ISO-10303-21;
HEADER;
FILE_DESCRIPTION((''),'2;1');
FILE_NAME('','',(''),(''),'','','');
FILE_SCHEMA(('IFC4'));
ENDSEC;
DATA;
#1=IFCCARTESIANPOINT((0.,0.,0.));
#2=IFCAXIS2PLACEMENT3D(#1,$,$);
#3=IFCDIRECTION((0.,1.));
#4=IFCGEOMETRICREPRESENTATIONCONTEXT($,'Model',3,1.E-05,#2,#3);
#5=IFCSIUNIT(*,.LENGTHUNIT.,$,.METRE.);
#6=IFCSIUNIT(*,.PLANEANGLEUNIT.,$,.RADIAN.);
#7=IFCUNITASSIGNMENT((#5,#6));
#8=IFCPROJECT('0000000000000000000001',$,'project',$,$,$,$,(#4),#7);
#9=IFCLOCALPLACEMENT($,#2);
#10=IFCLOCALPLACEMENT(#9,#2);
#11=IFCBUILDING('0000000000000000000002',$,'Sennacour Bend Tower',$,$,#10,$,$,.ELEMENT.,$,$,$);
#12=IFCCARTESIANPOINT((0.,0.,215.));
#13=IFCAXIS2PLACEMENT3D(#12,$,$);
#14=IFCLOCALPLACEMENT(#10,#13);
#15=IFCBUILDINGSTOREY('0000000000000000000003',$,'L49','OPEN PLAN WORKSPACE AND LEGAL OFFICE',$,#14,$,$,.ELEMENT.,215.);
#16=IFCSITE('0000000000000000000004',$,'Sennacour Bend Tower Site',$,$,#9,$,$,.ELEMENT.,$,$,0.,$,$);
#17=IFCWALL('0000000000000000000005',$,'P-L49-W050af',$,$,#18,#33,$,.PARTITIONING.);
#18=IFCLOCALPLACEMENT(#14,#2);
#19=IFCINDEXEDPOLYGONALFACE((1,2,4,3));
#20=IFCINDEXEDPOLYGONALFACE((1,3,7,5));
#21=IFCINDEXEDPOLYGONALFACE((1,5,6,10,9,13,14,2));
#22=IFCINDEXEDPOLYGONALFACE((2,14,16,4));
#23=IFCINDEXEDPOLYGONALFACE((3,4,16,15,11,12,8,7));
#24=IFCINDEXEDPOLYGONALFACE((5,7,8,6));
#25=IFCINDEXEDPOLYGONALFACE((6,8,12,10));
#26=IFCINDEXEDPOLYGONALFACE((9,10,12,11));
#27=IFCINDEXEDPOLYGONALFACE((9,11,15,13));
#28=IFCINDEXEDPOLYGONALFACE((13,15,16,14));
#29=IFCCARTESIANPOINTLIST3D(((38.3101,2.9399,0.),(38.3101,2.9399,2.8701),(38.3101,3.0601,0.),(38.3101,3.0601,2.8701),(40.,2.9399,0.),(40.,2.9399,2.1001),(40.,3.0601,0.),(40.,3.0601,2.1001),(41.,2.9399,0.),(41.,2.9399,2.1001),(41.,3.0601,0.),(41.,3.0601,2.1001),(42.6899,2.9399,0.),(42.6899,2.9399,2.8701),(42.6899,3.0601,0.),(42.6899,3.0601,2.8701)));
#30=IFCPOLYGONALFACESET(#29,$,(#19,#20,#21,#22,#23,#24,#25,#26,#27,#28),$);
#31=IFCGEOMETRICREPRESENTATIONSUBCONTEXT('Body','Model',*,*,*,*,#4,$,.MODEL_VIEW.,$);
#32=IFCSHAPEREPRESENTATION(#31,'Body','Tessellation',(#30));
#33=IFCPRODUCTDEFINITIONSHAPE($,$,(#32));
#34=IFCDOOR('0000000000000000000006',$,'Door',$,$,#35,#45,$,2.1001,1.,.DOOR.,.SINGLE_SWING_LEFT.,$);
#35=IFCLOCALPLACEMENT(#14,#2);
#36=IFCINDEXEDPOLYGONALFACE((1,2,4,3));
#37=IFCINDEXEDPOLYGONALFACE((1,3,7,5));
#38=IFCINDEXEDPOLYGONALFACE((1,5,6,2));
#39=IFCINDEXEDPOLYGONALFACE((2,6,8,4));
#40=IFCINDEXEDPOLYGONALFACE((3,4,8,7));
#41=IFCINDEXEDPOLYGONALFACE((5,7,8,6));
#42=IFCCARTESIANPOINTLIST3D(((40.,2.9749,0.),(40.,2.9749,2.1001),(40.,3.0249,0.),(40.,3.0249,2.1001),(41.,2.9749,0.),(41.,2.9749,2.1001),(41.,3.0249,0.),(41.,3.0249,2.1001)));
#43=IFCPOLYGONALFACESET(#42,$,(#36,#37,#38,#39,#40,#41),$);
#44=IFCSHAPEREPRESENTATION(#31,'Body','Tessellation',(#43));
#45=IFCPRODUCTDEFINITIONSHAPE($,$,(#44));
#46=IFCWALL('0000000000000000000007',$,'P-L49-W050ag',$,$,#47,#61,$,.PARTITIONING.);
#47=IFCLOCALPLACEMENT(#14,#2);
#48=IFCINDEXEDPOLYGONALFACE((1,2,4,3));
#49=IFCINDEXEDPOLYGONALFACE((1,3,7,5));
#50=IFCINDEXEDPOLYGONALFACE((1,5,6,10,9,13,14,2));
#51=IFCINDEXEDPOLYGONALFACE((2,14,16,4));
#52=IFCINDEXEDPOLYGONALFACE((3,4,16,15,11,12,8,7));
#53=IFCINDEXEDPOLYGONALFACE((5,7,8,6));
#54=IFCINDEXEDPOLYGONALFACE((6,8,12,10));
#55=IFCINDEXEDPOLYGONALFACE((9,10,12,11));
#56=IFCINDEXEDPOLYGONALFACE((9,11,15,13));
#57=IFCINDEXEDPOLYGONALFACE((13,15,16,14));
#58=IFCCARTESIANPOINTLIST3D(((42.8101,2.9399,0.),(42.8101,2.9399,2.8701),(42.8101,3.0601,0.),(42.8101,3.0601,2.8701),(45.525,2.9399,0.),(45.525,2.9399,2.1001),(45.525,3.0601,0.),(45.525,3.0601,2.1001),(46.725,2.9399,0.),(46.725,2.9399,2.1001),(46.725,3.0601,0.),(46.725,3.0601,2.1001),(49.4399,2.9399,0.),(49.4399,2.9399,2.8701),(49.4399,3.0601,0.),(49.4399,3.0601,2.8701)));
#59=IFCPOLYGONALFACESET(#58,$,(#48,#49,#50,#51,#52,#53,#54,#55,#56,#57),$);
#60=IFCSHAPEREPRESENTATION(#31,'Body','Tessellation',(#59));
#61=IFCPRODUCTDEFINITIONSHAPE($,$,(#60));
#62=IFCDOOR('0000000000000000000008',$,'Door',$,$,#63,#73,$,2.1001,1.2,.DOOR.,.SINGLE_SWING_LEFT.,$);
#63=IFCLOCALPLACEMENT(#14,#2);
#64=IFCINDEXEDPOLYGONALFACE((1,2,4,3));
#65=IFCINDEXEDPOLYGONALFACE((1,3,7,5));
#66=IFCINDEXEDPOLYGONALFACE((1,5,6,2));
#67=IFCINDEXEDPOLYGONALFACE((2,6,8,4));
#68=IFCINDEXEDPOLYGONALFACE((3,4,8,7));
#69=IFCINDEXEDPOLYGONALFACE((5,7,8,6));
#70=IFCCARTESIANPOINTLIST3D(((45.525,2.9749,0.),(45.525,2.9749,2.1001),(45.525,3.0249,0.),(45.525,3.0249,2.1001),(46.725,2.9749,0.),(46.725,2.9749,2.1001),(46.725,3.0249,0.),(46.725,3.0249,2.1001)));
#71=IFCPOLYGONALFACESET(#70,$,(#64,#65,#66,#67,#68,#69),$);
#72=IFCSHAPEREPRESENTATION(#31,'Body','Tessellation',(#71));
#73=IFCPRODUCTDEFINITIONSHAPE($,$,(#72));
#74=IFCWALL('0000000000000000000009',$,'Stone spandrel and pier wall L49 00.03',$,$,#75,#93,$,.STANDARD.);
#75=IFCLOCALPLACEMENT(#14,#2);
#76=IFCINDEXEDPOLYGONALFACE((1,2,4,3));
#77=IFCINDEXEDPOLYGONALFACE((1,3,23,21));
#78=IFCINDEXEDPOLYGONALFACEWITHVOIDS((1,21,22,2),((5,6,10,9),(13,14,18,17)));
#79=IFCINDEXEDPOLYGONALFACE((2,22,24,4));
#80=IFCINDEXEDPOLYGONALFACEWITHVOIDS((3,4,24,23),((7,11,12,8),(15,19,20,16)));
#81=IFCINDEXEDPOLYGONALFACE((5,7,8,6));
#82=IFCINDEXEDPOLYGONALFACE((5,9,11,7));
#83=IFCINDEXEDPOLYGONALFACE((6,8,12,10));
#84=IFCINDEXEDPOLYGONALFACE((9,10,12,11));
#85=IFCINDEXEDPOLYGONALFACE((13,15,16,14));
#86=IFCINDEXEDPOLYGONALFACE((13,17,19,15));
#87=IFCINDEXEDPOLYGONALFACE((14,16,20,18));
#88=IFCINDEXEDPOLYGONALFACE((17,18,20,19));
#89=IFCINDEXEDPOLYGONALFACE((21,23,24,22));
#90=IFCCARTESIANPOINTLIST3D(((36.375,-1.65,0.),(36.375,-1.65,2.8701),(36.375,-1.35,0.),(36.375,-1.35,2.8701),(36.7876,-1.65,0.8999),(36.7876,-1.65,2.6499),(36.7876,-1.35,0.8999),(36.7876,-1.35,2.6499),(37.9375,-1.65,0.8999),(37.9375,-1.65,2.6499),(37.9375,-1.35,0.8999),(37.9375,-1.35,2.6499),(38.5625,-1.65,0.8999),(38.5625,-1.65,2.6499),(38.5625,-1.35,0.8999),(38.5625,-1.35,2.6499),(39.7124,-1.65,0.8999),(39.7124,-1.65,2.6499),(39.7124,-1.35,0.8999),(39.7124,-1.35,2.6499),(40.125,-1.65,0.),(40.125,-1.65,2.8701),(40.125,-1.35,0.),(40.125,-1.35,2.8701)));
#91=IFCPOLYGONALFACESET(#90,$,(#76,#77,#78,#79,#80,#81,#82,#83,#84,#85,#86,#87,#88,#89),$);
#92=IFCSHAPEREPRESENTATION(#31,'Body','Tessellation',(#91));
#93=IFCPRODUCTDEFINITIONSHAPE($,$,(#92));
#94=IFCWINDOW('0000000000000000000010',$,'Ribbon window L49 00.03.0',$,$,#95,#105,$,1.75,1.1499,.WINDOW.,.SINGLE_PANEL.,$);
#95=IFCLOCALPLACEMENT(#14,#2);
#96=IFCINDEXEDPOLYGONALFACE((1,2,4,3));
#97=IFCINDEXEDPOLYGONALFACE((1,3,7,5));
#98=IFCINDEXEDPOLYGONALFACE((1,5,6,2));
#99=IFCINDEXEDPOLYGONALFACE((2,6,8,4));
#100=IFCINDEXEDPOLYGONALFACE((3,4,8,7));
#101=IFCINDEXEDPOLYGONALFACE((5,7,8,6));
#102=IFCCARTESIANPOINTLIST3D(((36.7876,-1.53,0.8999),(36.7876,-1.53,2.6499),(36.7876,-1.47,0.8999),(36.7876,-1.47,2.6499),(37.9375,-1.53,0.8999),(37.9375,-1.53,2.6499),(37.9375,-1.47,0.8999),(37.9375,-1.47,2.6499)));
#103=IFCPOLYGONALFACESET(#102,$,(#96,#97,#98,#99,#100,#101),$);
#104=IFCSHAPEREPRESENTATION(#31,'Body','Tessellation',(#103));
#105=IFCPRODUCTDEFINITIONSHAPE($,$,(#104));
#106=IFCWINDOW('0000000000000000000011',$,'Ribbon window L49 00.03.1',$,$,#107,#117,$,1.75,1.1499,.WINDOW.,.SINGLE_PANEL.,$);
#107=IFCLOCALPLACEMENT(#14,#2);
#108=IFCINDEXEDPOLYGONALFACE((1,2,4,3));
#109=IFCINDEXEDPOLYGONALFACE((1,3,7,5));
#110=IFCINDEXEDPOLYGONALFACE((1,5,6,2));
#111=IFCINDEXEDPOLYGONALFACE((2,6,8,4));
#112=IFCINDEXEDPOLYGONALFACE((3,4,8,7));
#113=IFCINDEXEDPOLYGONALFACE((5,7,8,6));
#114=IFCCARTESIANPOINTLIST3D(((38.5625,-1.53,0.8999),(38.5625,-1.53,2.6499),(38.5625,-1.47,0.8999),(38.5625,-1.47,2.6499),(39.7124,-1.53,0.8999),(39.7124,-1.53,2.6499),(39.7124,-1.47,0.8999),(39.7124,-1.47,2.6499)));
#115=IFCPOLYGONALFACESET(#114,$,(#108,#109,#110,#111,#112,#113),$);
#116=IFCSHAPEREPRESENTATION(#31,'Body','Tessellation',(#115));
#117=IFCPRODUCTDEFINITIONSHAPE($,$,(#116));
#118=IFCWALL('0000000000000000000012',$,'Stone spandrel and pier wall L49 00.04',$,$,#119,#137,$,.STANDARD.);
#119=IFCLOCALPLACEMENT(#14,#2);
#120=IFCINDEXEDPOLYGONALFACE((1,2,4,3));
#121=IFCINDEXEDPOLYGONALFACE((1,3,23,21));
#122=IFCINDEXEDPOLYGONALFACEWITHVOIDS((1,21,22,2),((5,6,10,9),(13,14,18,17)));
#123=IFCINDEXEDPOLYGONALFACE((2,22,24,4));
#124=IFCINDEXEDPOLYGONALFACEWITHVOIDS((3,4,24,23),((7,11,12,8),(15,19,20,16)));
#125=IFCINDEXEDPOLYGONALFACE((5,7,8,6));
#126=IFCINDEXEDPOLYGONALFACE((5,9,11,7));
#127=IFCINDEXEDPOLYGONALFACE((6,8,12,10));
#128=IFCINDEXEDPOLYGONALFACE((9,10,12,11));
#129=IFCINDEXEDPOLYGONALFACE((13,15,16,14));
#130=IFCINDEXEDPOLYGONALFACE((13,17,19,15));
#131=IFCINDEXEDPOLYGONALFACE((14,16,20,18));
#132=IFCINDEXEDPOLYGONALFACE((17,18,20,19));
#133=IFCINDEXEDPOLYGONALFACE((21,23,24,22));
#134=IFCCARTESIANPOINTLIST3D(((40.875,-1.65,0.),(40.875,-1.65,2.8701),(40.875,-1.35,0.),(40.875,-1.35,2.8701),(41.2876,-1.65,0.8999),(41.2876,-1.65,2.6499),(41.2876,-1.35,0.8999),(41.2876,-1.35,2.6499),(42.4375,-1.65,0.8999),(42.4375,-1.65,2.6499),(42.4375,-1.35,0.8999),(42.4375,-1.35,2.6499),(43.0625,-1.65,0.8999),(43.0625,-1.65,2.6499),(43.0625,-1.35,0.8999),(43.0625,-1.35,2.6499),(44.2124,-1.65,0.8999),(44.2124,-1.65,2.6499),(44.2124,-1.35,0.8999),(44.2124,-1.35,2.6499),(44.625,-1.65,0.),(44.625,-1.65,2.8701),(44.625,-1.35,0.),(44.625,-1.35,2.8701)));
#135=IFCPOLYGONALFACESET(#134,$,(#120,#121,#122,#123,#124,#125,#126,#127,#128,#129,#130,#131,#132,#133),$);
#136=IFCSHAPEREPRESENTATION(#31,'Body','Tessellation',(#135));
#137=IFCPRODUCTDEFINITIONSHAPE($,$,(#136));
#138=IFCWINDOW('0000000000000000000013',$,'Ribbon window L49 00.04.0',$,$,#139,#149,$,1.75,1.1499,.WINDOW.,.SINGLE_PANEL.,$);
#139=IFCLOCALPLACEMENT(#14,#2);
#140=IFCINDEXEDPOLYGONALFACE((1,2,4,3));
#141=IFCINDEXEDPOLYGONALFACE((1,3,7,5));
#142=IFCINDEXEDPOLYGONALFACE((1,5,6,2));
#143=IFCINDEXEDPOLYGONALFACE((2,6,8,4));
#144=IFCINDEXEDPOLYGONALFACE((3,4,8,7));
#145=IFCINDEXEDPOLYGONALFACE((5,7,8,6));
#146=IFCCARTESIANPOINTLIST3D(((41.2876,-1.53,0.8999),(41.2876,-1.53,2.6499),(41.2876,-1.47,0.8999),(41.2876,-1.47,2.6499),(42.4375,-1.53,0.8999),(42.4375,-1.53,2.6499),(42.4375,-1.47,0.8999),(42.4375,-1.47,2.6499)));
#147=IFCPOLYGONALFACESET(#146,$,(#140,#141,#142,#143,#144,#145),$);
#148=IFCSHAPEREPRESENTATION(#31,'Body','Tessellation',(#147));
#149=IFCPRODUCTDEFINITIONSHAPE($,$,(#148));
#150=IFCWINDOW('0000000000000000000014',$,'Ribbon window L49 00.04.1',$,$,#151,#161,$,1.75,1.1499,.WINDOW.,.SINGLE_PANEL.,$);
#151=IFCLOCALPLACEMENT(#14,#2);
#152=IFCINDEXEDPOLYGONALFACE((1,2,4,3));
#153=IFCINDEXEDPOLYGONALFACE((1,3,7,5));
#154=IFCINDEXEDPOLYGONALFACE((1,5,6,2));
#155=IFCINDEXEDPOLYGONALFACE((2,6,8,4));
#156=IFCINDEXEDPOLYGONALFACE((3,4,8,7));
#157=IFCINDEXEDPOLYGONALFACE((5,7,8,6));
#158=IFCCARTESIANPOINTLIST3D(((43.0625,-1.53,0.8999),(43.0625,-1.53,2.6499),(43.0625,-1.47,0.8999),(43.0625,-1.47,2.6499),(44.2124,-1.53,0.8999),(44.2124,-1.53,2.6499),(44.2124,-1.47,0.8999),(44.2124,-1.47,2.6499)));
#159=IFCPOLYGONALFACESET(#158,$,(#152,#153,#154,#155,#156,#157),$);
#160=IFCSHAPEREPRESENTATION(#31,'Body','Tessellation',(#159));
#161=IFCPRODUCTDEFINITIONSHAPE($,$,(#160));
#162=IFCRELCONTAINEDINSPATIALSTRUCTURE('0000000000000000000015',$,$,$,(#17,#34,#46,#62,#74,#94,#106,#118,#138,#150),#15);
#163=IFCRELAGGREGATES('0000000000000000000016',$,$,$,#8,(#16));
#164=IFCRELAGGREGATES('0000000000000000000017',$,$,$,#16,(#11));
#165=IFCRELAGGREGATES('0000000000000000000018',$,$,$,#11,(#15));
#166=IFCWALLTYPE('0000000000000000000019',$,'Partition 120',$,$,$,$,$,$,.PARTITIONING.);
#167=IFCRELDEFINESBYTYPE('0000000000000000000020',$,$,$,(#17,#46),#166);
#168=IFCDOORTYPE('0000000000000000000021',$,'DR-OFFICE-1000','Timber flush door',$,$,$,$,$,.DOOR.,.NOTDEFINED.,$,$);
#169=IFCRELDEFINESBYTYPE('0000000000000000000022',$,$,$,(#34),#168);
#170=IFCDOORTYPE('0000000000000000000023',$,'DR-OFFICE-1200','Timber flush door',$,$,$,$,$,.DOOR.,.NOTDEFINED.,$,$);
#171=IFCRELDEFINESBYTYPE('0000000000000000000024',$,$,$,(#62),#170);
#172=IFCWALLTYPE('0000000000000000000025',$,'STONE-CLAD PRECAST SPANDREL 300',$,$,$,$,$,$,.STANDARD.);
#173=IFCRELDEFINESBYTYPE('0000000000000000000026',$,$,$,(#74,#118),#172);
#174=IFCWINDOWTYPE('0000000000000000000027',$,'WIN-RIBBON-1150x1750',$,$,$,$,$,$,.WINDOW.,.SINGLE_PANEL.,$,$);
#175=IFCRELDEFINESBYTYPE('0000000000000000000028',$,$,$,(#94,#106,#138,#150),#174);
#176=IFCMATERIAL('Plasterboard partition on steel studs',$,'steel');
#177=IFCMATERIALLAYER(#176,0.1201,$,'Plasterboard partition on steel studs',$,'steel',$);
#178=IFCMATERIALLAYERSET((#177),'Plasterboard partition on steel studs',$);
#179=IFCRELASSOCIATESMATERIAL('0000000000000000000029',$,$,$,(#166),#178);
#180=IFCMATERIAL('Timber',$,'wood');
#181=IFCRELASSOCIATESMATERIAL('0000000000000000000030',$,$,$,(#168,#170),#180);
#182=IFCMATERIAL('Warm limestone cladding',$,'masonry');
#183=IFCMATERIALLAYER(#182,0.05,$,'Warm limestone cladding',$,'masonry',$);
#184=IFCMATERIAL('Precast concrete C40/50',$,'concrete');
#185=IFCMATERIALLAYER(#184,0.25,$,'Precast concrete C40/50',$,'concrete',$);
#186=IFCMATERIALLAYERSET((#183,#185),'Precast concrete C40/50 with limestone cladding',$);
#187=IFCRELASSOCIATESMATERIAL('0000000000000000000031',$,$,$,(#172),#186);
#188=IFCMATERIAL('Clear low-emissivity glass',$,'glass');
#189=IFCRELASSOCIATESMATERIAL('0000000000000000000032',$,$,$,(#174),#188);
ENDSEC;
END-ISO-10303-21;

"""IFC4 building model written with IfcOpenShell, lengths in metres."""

from ifc_helpers import new_model, si_unit, direction, frame, frame_2d, origin, place, context, subcontext, project, spatial, rectangle, extrude, material, layer, layer_set, type_object, element, fill, save


model = new_model("IFC4")

# Units and contexts
model_context = context("Model", 3, precision=1e-05, world=origin(), true_north=direction((0.0, 1.0)))
body_context = subcontext(model_context, "Body", "Model", "MODEL_VIEW")
ifc_project = project(units=[si_unit("LENGTHUNIT", "METRE"), si_unit("PLANEANGLEUNIT", "RADIAN")], contexts=[model_context])

# Site, building, storey
site_placement = place(None, origin())
site = spatial("IfcSite", under=ifc_project, at=site_placement, Name="Sennacour Bend Tower Site", CompositionType="ELEMENT", RefElevation=0.0)
building_placement = place(site_placement, origin())
building = spatial("IfcBuilding", under=site, at=building_placement, Name="Sennacour Bend Tower", CompositionType="ELEMENT")
storey_placement = place(building_placement, frame((0.0, 0.0, 215.0)))
storey = spatial("IfcBuildingStorey", under=building, at=storey_placement, Name="L49", Description="OPEN PLAN WORKSPACE AND LEGAL OFFICE", CompositionType="ELEMENT", Elevation=215.0)

# Shared definitions
ifc_material_1 = material(Name="Plasterboard partition on steel studs", Category="steel")
ifc_layer_1 = layer(ifc_material_1, 0.1201, Name="Plasterboard partition on steel studs", Category="steel")
ifc_layer_set_1 = layer_set([ifc_layer_1], Name="Plasterboard partition on steel studs")
wall_type_1 = type_object("IfcWallType", Name="Partition 120", PredefinedType="PARTITIONING", material=ifc_layer_set_1)

# Walls, openings, doors
ifc_material_2 = material(Name="Timber", Category="wood")
door_type_1 = type_object("IfcDoorType", Name="DR-OFFICE-1000", Description="Timber flush door", OperationType="NOTDEFINED", PredefinedType="DOOR", material=ifc_material_2)
wall_1_placement = place(storey_placement, frame((38.3101, 3.0, 0.0), z_axis=(0.0, 0.0, 1.0), x_axis=(1.0, 0.0, 0.0)))
wall_1 = element("IfcWall", 1, at=wall_1_placement, inside=storey, type_object=wall_type_1, Name="P-L49-W050af", PredefinedType="PARTITIONING", context=body_context, shape_type="SweptSolid", body=[
    extrude(rectangle(XDim=4.3799, YDim=0.1201, at=frame_2d((2.1899, 0.0))), origin(), (0.0, 0.0, 1.0), 2.8701),
])
opening_1_placement = place(wall_1_placement, frame((1.6899, 0.0, 0.0)))
opening_1 = element("IfcOpeningElement", 2, at=opening_1_placement, cuts=wall_1, PredefinedType="OPENING", context=body_context, shape_type="SweptSolid", body=[
    extrude(rectangle(XDim=1.0, YDim=2.1001, at=frame_2d((0.5, 1.05))), frame((0.0, 0.0701, 0.0), z_axis=(0.0, -1.0, 0.0), x_axis=(1.0, 0.0, 0.0)), (0.0, 0.0, 1.0), 0.1401),
])
door_1_placement = place(opening_1_placement, origin())
door_1 = element("IfcDoor", 3, at=door_1_placement, inside=storey, type_object=door_type_1, Name="Door", OperationType="SINGLE_SWING_LEFT", OverallHeight=2.1001, OverallWidth=1.0, PredefinedType="DOOR", context=body_context, shape_type="SweptSolid", body=[
    extrude(rectangle(XDim=1.0, YDim=2.1001, at=frame_2d((0.5, 1.05))), frame((0.0, 0.0249, 0.0), z_axis=(0.0, -1.0, 0.0), x_axis=(1.0, 0.0, 0.0)), (0.0, 0.0, 1.0), 0.05),
])
fill(opening_1, door_1)
wall_2_placement = place(storey_placement, frame((42.8101, 3.0, 0.0), z_axis=(0.0, 0.0, 1.0), x_axis=(1.0, 0.0, 0.0)))
wall_2 = element("IfcWall", 4, at=wall_2_placement, inside=storey, type_object=wall_type_1, Name="P-L49-W050ag", PredefinedType="PARTITIONING", context=body_context, shape_type="SweptSolid", body=[
    extrude(rectangle(XDim=6.6299, YDim=0.1201, at=frame_2d((3.3149, 0.0))), origin(), (0.0, 0.0, 1.0), 2.8701),
])
opening_2_placement = place(wall_2_placement, frame((2.7148, 0.0, 0.0)))
opening_2 = element("IfcOpeningElement", 5, at=opening_2_placement, cuts=wall_2, PredefinedType="OPENING", context=body_context, shape_type="SweptSolid", body=[
    extrude(rectangle(XDim=1.2, YDim=2.1001, at=frame_2d((0.6001, 1.05))), frame((0.0, 0.0701, 0.0), z_axis=(0.0, -1.0, 0.0), x_axis=(1.0, 0.0, 0.0)), (0.0, 0.0, 1.0), 0.1401),
])
door_type_2 = type_object("IfcDoorType", Name="DR-OFFICE-1200", Description="Timber flush door", OperationType="NOTDEFINED", PredefinedType="DOOR", material=ifc_material_2)
door_2_placement = place(opening_2_placement, origin())
door_2 = element("IfcDoor", 6, at=door_2_placement, inside=storey, type_object=door_type_2, Name="Door", OperationType="SINGLE_SWING_LEFT", OverallHeight=2.1001, OverallWidth=1.2, PredefinedType="DOOR", context=body_context, shape_type="SweptSolid", body=[
    extrude(rectangle(XDim=1.2, YDim=2.1001, at=frame_2d((0.6001, 1.05))), frame((0.0, 0.0249, 0.0), z_axis=(0.0, -1.0, 0.0), x_axis=(1.0, 0.0, 0.0)), (0.0, 0.0, 1.0), 0.05),
])
fill(opening_2, door_2)

# Walls, openings, windows
ifc_material_3 = material(Name="Warm limestone cladding", Category="masonry")
ifc_layer_2 = layer(ifc_material_3, 0.05, Name="Warm limestone cladding", Category="masonry")
ifc_material_4 = material(Name="Precast concrete C40/50", Category="concrete")
ifc_layer_3 = layer(ifc_material_4, 0.25, Name="Precast concrete C40/50", Category="concrete")
ifc_layer_set_2 = layer_set([ifc_layer_2, ifc_layer_3], Name="Precast concrete C40/50 with limestone cladding")
wall_type_2 = type_object("IfcWallType", Name="STONE-CLAD PRECAST SPANDREL 300", PredefinedType="STANDARD", material=ifc_layer_set_2)
wall_3_placement = place(storey_placement, frame((36.375, -1.5, 0.0), z_axis=(0.0, 0.0, 1.0), x_axis=(1.0, 0.0, 0.0)))
wall_3 = element("IfcWall", 7, at=wall_3_placement, inside=storey, type_object=wall_type_2, Name="Stone spandrel and pier wall L49 00.03", PredefinedType="STANDARD", context=body_context, shape_type="SweptSolid", body=[
    extrude(rectangle(XDim=3.75, YDim=0.3, at=frame_2d((1.875, 0.0))), origin(), (0.0, 0.0, 1.0), 2.8701),
])
opening_3_placement = place(wall_3_placement, frame((0.4126, 0.0, 0.8999)))
opening_3 = element("IfcOpeningElement", 8, at=opening_3_placement, cuts=wall_3, PredefinedType="OPENING", context=body_context, shape_type="SweptSolid", body=[
    extrude(rectangle(XDim=1.1499, YDim=1.75, at=frame_2d((0.575, 0.875))), frame((0.0, 0.1602, 0.0), z_axis=(0.0, -1.0, 0.0), x_axis=(1.0, 0.0, 0.0)), (0.0, 0.0, 1.0), 0.3201),
])
opening_4_placement = place(wall_3_placement, frame((2.1875, 0.0, 0.8999)))
opening_4 = element("IfcOpeningElement", 9, at=opening_4_placement, cuts=wall_3, PredefinedType="OPENING", context=body_context, shape_type="SweptSolid", body=[
    extrude(rectangle(XDim=1.1499, YDim=1.75, at=frame_2d((0.575, 0.875))), frame((0.0, 0.1602, 0.0), z_axis=(0.0, -1.0, 0.0), x_axis=(1.0, 0.0, 0.0)), (0.0, 0.0, 1.0), 0.3201),
])
ifc_material_5 = material(Name="Clear low-emissivity glass", Category="glass")
window_type = type_object("IfcWindowType", Name="WIN-RIBBON-1150x1750", PartitioningType="SINGLE_PANEL", PredefinedType="WINDOW", material=ifc_material_5)
window_1_placement = place(opening_3_placement, origin())
window_1 = element("IfcWindow", 10, at=window_1_placement, inside=storey, type_object=window_type, Name="Ribbon window L49 00.03.0", OverallHeight=1.75, OverallWidth=1.1499, PartitioningType="SINGLE_PANEL", PredefinedType="WINDOW", context=body_context, shape_type="SweptSolid", body=[
    extrude(rectangle(XDim=1.1499, YDim=1.75, at=frame_2d((0.575, 0.875))), frame((0.0, 0.03, 0.0), z_axis=(0.0, -1.0, 0.0), x_axis=(1.0, 0.0, 0.0)), (0.0, 0.0, 1.0), 0.0601),
])
fill(opening_3, window_1)
window_2_placement = place(opening_4_placement, origin())
window_2 = element("IfcWindow", 11, at=window_2_placement, inside=storey, type_object=window_type, Name="Ribbon window L49 00.03.1", OverallHeight=1.75, OverallWidth=1.1499, PartitioningType="SINGLE_PANEL", PredefinedType="WINDOW", context=body_context, shape_type="SweptSolid", body=[
    extrude(rectangle(XDim=1.1499, YDim=1.75, at=frame_2d((0.575, 0.875))), frame((0.0, 0.03, 0.0), z_axis=(0.0, -1.0, 0.0), x_axis=(1.0, 0.0, 0.0)), (0.0, 0.0, 1.0), 0.0601),
])
fill(opening_4, window_2)
wall_4_placement = place(storey_placement, frame((40.875, -1.5, 0.0), z_axis=(0.0, 0.0, 1.0), x_axis=(1.0, 0.0, 0.0)))
wall_4 = element("IfcWall", 12, at=wall_4_placement, inside=storey, type_object=wall_type_2, Name="Stone spandrel and pier wall L49 00.04", PredefinedType="STANDARD", context=body_context, shape_type="SweptSolid", body=[
    extrude(rectangle(XDim=3.75, YDim=0.3, at=frame_2d((1.875, 0.0))), origin(), (0.0, 0.0, 1.0), 2.8701),
])
opening_5_placement = place(wall_4_placement, frame((0.4126, 0.0, 0.8999)))
opening_5 = element("IfcOpeningElement", 13, at=opening_5_placement, cuts=wall_4, PredefinedType="OPENING", context=body_context, shape_type="SweptSolid", body=[
    extrude(rectangle(XDim=1.1499, YDim=1.75, at=frame_2d((0.575, 0.875))), frame((0.0, 0.1602, 0.0), z_axis=(0.0, -1.0, 0.0), x_axis=(1.0, 0.0, 0.0)), (0.0, 0.0, 1.0), 0.3201),
])
opening_6_placement = place(wall_4_placement, frame((2.1875, 0.0, 0.8999)))
opening_6 = element("IfcOpeningElement", 14, at=opening_6_placement, cuts=wall_4, PredefinedType="OPENING", context=body_context, shape_type="SweptSolid", body=[
    extrude(rectangle(XDim=1.1499, YDim=1.75, at=frame_2d((0.575, 0.875))), frame((0.0, 0.1602, 0.0), z_axis=(0.0, -1.0, 0.0), x_axis=(1.0, 0.0, 0.0)), (0.0, 0.0, 1.0), 0.3201),
])
window_3_placement = place(opening_5_placement, origin())
window_3 = element("IfcWindow", 15, at=window_3_placement, inside=storey, type_object=window_type, Name="Ribbon window L49 00.04.0", OverallHeight=1.75, OverallWidth=1.1499, PartitioningType="SINGLE_PANEL", PredefinedType="WINDOW", context=body_context, shape_type="SweptSolid", body=[
    extrude(rectangle(XDim=1.1499, YDim=1.75, at=frame_2d((0.575, 0.875))), frame((0.0, 0.03, 0.0), z_axis=(0.0, -1.0, 0.0), x_axis=(1.0, 0.0, 0.0)), (0.0, 0.0, 1.0), 0.0601),
])
fill(opening_5, window_3)
window_4_placement = place(opening_6_placement, origin())
window_4 = element("IfcWindow", 16, at=window_4_placement, inside=storey, type_object=window_type, Name="Ribbon window L49 00.04.1", OverallHeight=1.75, OverallWidth=1.1499, PartitioningType="SINGLE_PANEL", PredefinedType="WINDOW", context=body_context, shape_type="SweptSolid", body=[
    extrude(rectangle(XDim=1.1499, YDim=1.75, at=frame_2d((0.575, 0.875))), frame((0.0, 0.03, 0.0), z_axis=(0.0, -1.0, 0.0), x_axis=(1.0, 0.0, 0.0)), (0.0, 0.0, 1.0), 0.0601),
])
fill(opening_6, window_4)

save(model, "model.ifc")
